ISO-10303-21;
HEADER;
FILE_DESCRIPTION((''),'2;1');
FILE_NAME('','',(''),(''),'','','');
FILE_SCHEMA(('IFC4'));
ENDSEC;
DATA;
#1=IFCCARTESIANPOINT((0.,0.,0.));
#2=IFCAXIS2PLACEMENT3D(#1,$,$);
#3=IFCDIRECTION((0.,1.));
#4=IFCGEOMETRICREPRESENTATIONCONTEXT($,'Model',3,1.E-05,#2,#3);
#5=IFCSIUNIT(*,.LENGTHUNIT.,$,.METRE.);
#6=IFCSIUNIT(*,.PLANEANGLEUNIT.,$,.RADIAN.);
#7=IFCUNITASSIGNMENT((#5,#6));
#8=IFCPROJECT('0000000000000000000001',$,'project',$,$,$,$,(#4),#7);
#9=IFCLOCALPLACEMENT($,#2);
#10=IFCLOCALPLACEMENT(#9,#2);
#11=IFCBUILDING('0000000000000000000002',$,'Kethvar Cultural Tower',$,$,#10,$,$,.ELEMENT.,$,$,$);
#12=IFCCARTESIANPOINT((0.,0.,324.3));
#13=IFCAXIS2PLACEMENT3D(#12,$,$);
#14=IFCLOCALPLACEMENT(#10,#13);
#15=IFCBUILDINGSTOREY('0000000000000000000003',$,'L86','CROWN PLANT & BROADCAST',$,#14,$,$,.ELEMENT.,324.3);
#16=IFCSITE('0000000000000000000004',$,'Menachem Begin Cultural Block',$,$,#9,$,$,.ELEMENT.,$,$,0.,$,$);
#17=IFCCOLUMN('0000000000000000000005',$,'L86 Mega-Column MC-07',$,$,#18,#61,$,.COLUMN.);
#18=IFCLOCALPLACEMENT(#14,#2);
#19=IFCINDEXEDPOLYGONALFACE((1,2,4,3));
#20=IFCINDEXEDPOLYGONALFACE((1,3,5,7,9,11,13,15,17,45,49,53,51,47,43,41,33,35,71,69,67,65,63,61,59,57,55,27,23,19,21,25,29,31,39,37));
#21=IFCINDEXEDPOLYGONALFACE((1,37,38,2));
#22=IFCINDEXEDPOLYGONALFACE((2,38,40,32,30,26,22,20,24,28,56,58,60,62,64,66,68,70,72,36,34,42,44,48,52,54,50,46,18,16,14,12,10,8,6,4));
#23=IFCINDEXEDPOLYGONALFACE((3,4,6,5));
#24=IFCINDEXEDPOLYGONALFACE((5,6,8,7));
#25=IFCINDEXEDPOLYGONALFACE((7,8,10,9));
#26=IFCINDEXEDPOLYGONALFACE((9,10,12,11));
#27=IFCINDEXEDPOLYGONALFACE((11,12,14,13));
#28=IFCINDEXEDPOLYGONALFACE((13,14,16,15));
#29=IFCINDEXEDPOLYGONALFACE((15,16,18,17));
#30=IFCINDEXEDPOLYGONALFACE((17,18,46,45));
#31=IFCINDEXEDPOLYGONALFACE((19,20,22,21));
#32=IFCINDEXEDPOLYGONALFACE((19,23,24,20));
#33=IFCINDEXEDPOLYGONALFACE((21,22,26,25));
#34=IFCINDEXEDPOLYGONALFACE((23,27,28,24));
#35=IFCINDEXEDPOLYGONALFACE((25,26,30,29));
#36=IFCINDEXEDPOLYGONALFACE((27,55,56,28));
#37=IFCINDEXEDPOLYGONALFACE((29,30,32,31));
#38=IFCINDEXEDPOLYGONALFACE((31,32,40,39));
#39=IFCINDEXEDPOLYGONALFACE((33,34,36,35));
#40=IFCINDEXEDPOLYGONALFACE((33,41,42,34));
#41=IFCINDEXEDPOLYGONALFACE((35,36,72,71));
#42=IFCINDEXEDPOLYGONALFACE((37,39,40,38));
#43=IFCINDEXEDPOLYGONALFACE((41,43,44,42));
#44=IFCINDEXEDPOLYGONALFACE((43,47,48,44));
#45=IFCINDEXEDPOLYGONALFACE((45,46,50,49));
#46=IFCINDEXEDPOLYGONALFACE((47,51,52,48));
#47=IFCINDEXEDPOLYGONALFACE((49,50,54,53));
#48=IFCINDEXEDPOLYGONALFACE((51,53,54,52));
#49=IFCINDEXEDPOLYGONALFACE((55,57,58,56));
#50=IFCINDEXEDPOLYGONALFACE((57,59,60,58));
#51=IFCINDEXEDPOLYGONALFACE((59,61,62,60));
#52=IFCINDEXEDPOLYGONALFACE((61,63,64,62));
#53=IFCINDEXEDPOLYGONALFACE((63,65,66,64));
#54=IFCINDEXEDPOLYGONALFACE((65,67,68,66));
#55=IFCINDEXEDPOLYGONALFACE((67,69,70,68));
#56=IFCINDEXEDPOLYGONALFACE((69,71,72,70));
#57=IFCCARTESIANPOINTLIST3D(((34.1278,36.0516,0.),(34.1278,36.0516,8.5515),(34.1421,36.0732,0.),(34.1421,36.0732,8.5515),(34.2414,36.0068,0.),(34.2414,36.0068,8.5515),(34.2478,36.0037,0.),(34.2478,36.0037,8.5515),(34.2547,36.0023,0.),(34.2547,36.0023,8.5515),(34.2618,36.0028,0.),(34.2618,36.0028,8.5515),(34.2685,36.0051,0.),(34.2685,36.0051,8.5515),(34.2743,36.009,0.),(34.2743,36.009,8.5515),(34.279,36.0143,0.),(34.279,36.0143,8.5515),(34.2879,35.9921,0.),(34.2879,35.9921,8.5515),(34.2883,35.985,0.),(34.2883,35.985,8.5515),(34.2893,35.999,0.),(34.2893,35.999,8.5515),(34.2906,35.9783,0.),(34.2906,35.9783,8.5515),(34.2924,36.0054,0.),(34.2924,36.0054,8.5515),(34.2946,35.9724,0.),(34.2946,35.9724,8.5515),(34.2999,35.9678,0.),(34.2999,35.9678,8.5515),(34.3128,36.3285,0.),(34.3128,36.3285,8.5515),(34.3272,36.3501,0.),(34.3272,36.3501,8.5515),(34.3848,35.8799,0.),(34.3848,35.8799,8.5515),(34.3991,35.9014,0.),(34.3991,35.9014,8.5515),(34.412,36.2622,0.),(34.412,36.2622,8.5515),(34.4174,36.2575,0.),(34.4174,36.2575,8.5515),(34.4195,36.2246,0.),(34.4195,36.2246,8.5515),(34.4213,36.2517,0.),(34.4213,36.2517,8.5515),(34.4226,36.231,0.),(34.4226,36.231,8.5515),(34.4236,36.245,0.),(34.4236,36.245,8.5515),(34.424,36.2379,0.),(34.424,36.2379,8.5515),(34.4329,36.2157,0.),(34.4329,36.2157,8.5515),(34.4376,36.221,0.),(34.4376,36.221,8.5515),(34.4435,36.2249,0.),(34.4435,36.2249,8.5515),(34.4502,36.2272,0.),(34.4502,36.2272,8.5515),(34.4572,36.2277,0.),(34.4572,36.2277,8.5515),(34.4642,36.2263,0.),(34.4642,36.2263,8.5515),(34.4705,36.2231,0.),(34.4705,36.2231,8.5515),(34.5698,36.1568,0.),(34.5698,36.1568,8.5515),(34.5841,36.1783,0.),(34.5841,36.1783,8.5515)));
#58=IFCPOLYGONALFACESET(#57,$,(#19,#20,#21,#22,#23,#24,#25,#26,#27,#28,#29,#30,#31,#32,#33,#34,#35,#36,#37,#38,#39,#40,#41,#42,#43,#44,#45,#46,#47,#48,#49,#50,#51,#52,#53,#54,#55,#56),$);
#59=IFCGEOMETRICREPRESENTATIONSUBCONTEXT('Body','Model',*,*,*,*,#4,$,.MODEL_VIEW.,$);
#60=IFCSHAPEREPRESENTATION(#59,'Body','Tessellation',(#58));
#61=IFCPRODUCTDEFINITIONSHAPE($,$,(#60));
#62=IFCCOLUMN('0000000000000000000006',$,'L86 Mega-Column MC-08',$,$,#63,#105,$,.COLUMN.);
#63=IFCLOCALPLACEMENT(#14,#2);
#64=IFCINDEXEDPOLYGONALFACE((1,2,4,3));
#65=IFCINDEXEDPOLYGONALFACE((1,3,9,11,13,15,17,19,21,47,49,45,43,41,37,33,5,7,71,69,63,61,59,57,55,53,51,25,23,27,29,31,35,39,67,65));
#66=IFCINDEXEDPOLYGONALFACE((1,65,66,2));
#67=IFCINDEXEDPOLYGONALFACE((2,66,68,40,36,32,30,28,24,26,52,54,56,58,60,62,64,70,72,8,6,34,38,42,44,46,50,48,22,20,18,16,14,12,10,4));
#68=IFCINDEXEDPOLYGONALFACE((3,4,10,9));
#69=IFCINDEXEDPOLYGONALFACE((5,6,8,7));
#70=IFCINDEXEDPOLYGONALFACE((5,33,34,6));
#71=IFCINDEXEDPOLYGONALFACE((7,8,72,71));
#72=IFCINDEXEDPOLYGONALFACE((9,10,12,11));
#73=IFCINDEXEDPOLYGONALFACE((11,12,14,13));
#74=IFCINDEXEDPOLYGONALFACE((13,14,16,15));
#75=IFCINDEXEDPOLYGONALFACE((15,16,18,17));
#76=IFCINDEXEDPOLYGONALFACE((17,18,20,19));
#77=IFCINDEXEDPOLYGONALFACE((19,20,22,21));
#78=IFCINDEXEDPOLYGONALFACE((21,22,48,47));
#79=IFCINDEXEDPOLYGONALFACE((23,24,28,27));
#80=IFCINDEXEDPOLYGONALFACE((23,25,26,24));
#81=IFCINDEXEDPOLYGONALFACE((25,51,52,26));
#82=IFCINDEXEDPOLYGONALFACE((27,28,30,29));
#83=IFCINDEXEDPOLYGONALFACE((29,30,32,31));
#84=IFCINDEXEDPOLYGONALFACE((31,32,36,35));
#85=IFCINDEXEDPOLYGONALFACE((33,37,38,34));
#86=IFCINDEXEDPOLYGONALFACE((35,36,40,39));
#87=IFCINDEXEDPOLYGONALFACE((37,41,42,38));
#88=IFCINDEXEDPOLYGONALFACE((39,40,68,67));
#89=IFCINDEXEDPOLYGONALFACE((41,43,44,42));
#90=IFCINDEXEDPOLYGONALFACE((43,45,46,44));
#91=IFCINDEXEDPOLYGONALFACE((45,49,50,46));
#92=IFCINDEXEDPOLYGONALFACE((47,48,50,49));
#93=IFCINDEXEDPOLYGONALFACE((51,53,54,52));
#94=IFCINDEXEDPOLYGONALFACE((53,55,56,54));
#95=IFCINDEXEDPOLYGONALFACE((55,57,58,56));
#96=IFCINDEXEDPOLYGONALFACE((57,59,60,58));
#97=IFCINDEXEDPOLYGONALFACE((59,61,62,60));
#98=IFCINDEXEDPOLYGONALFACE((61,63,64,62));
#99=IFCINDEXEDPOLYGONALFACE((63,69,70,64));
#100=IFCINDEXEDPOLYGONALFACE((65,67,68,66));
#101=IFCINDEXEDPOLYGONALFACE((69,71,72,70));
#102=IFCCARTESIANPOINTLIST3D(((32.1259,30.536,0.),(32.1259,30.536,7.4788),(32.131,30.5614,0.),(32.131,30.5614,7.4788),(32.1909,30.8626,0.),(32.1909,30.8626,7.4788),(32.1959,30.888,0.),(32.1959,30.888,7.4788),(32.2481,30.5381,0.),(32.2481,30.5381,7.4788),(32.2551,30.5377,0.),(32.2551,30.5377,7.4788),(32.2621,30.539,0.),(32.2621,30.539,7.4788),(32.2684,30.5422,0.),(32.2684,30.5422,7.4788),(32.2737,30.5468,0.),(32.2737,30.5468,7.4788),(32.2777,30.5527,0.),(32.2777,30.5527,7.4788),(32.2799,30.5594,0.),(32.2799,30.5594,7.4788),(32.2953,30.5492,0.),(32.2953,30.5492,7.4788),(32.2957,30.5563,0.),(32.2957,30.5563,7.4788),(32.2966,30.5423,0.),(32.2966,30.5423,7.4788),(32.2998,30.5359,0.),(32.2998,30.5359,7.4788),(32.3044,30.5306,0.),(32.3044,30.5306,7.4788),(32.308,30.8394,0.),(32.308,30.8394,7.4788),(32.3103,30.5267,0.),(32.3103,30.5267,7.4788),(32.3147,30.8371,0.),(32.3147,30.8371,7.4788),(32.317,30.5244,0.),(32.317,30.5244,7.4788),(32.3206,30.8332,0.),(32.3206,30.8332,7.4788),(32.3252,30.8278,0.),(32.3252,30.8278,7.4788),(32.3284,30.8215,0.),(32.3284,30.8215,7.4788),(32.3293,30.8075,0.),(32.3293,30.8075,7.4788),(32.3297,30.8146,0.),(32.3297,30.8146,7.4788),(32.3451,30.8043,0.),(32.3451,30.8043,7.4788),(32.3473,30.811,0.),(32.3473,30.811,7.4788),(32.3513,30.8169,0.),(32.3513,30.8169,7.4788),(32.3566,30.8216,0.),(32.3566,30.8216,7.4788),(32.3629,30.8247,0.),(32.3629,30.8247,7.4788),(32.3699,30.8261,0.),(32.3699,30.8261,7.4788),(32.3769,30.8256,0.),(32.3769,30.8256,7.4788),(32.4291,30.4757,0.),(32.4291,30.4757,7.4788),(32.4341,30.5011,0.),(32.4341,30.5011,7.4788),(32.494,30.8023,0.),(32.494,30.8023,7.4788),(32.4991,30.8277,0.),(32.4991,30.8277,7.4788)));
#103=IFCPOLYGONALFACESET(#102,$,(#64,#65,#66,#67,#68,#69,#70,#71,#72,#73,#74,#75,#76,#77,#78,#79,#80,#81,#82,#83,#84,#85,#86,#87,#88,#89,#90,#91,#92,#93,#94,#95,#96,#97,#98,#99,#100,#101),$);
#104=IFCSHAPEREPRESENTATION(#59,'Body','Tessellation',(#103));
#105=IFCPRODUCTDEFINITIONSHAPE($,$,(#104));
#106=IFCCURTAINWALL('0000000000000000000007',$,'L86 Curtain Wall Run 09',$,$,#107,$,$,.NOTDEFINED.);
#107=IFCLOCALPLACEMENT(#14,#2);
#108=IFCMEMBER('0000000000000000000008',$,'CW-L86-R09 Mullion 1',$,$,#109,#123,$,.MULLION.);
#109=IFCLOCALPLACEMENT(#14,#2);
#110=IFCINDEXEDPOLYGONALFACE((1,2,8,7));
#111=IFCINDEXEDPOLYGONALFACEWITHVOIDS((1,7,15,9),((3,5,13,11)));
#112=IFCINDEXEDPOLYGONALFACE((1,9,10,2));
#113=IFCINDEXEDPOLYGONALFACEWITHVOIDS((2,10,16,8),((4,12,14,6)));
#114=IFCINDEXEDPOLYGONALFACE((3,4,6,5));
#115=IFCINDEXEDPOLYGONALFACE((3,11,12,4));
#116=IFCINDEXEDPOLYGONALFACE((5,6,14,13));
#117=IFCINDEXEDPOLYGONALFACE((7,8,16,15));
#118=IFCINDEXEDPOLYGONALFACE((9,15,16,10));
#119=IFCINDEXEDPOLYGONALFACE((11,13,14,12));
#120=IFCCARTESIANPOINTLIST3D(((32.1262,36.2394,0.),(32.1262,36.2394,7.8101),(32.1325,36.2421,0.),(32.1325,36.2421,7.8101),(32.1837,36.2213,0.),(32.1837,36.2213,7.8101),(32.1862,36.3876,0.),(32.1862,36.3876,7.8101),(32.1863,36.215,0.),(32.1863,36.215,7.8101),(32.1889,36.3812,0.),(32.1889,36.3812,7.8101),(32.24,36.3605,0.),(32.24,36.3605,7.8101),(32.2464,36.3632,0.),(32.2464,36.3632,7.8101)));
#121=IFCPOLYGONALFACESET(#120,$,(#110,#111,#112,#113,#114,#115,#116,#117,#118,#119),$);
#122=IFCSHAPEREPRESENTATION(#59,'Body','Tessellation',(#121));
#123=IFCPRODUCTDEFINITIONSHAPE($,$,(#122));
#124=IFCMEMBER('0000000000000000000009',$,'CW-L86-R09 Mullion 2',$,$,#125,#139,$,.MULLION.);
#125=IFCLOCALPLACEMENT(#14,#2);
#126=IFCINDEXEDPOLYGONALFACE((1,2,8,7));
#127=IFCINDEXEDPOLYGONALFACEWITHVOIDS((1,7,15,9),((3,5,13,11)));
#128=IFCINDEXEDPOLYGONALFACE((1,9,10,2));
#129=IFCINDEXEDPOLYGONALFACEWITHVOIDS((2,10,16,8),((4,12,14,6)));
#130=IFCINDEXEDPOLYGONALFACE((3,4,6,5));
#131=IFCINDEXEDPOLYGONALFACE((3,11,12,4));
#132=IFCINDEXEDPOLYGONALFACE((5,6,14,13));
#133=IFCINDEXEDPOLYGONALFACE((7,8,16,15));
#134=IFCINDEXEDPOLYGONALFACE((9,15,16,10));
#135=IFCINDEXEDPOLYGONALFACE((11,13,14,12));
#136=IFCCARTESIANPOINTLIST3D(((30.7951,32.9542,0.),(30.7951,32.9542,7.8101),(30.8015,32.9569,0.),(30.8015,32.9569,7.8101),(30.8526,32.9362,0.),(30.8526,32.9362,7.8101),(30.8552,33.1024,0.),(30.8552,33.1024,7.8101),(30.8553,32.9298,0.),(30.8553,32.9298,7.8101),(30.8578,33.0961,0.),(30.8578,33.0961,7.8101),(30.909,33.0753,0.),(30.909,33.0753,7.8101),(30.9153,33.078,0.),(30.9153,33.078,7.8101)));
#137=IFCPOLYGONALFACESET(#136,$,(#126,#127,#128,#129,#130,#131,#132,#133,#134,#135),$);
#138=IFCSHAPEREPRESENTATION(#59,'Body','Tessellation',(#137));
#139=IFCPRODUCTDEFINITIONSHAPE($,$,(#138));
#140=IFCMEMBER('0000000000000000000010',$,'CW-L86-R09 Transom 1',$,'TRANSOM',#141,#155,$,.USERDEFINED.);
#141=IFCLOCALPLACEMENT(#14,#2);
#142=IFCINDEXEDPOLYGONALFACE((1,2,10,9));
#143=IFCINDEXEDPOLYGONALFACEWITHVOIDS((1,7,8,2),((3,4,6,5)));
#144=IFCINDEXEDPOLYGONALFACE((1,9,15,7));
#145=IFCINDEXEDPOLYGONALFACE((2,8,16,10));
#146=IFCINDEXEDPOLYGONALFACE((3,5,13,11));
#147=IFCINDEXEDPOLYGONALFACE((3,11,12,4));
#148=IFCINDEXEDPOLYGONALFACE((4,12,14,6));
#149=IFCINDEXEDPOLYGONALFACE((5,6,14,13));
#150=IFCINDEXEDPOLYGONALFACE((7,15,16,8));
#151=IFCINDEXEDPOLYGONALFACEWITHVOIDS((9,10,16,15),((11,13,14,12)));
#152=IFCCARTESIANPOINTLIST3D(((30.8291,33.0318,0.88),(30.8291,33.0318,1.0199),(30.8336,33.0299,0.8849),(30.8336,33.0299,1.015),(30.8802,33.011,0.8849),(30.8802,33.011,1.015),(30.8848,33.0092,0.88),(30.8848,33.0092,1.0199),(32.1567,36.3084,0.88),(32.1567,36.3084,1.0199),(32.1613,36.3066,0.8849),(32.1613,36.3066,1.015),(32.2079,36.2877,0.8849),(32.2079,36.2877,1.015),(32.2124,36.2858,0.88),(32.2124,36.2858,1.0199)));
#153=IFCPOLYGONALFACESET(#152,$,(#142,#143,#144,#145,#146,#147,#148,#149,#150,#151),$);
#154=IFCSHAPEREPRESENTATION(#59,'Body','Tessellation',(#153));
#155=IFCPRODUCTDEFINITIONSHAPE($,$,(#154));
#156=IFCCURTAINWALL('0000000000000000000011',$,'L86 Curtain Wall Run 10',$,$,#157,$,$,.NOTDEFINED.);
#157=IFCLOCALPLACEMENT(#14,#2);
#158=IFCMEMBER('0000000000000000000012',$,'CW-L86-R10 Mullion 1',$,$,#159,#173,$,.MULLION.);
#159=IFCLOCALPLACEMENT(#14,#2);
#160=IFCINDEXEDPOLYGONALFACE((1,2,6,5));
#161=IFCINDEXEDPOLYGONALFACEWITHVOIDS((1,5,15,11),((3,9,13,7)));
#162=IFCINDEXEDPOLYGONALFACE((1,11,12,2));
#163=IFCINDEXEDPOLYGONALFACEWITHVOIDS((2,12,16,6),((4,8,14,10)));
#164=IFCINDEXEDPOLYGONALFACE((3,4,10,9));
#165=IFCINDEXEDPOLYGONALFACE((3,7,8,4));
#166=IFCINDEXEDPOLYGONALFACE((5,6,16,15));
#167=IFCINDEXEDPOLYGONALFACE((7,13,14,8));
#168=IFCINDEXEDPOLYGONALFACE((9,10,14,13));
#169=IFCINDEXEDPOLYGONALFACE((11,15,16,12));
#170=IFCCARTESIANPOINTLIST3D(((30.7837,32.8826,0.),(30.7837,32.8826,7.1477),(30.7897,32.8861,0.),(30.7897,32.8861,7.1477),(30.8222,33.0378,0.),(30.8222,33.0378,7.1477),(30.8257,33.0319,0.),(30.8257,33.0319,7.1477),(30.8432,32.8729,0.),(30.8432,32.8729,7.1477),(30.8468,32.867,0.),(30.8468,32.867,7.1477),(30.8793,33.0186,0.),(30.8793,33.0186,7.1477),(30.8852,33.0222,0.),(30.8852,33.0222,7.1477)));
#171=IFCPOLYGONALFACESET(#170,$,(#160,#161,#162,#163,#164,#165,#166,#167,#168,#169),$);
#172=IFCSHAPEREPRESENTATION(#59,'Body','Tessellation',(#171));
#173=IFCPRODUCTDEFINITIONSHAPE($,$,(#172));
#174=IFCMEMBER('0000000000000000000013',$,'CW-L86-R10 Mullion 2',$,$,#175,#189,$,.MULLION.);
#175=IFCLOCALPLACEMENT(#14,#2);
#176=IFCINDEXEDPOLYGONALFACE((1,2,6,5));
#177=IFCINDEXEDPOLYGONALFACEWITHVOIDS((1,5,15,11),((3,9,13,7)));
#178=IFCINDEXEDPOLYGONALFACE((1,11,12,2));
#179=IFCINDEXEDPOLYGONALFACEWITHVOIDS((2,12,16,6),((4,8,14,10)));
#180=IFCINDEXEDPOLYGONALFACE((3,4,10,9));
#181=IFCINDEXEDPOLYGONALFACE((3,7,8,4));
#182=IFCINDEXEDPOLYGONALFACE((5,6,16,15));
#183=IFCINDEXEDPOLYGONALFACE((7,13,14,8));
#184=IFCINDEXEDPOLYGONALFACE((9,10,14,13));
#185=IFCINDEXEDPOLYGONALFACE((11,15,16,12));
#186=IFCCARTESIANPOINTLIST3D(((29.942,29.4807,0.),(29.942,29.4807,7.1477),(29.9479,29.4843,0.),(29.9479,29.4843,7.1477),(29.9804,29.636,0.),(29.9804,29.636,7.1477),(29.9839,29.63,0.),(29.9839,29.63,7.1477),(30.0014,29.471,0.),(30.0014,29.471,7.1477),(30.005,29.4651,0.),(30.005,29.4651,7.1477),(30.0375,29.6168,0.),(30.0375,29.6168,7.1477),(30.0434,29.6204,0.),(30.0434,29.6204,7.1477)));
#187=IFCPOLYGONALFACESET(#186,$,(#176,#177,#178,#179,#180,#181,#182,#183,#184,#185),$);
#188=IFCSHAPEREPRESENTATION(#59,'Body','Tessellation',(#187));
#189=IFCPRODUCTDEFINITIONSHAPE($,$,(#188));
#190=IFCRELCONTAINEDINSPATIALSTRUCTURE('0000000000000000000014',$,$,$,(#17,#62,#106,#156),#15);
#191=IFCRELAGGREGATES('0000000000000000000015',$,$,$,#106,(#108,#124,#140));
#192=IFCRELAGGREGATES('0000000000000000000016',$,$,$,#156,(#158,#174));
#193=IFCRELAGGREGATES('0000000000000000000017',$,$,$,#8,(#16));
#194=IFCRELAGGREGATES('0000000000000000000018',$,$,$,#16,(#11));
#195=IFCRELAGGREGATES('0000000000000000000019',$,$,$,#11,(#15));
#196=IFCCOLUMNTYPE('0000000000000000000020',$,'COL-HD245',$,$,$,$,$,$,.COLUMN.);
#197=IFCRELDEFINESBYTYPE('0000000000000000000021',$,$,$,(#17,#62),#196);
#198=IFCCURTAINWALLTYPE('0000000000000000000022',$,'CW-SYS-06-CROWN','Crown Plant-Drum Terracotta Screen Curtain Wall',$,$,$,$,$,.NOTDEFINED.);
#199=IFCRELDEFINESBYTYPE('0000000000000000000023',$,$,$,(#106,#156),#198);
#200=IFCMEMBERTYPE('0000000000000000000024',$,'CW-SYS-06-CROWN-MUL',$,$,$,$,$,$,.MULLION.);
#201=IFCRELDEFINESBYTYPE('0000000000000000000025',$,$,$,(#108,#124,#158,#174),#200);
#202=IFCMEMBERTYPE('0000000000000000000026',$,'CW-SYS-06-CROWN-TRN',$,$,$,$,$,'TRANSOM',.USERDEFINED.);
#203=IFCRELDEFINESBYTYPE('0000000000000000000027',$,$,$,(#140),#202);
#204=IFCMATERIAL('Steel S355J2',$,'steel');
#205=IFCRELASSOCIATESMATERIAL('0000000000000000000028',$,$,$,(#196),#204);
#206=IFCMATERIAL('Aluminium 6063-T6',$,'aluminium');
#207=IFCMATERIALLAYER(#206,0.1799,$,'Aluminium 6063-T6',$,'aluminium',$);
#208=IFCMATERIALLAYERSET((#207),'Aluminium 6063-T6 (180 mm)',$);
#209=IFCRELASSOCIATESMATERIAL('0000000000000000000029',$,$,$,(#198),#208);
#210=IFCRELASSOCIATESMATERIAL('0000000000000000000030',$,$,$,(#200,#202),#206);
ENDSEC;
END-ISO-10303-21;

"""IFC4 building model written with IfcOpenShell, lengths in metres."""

from ifc_helpers import new_model, si_unit, direction, frame, origin, origin_2d, place, context, subcontext, project, spatial, hollow_rectangle, i_section, extrude, source, transform, mapped, material, layer, layer_set, material_profile, profile_set, type_object, element, aggregate, save


model = new_model("IFC4")

# Units and contexts
model_context = context("Model", 3, precision=1e-05, world=origin(), true_north=direction((0.0, 1.0)))
body_context = subcontext(model_context, "Body", "Model", "MODEL_VIEW")
ifc_project = project(units=[si_unit("LENGTHUNIT", "METRE"), si_unit("PLANEANGLEUNIT", "RADIAN")], contexts=[model_context])

# Site, building, storey
site_placement = place(None, origin())
site = spatial("IfcSite", under=ifc_project, at=site_placement, Name="Menachem Begin Cultural Block", CompositionType="ELEMENT", RefElevation=0.0)
building_placement = place(site_placement, origin())
building = spatial("IfcBuilding", under=site, at=building_placement, Name="Kethvar Cultural Tower", CompositionType="ELEMENT")
storey_placement = place(building_placement, frame((0.0, 0.0, 324.3)))
storey = spatial("IfcBuildingStorey", under=building, at=storey_placement, Name="L86", Description="CROWN PLANT & BROADCAST", CompositionType="ELEMENT", Elevation=324.3)

# Columns
ifc_material_1 = material(Name="Steel S355J2", Category="steel")
ifc_material_profile_1 = material_profile(ifc_material_1, i_section(OverallWidth=0.3091, OverallDepth=0.3589, WebThickness=0.0161, FlangeThickness=0.0259, FilletRadius=0.0271, at=origin_2d()), Name="Steel S355J2 — HD320x245")
ifc_profile_set_1 = profile_set([ifc_material_profile_1], Name="Steel S355J2 — HD320x245")
column_type = type_object("IfcColumnType", Name="COL-HD245", PredefinedType="COLUMN", material=ifc_profile_set_1)
shared_shape_1 = source(origin(), body_context, "Body", "SweptSolid", [
    extrude(i_section(OverallWidth=0.3091, OverallDepth=0.3589, WebThickness=0.0161, FlangeThickness=0.0259, FilletRadius=0.0271, at=origin_2d()), origin(), (0.0, 0.0, 1.0), 8.5515),
])
column_1_placement = place(storey_placement, frame((34.356, 36.115, 0.0), z_axis=(0.0, 0.0, 1.0), x_axis=(-0.83147, 0.55557, 0.0)))
element("IfcColumn", 1, at=column_1_placement, inside=storey, type_object=column_type, Name="L86 Mega-Column MC-07", PredefinedType="COLUMN", context=body_context, shape_type="MappedRepresentation", body=[
    mapped(shared_shape_1, transform((0.0, 0.0, 0.0), scale=1.0)),
])
shared_shape_2 = source(origin(), body_context, "Body", "SweptSolid", [
    extrude(i_section(OverallWidth=0.3091, OverallDepth=0.3589, WebThickness=0.0161, FlangeThickness=0.0259, FilletRadius=0.0271, at=origin_2d()), origin(), (0.0, 0.0, 1.0), 7.4788),
])
column_2_placement = place(storey_placement, frame((32.3125, 30.6819, 0.0), z_axis=(0.0, 0.0, 1.0), x_axis=(-0.980785, 0.19509, 0.0)))
element("IfcColumn", 2, at=column_2_placement, inside=storey, type_object=column_type, Name="L86 Mega-Column MC-08", PredefinedType="COLUMN", context=body_context, shape_type="MappedRepresentation", body=[
    mapped(shared_shape_2, transform((0.0, 0.0, 0.0), scale=1.0)),
])

# Curtain walls, members
ifc_material_2 = material(Name="Aluminium 6063-T6", Category="aluminium")
ifc_layer_1 = layer(ifc_material_2, 0.1799, Name="Aluminium 6063-T6", Category="aluminium")
ifc_layer_set_1 = layer_set([ifc_layer_1], Name="Aluminium 6063-T6 (180 mm)")
curtain_wall_type = type_object("IfcCurtainWallType", Name="CW-SYS-06-CROWN", Description="Crown Plant-Drum Terracotta Screen Curtain Wall", PredefinedType="NOTDEFINED", material=ifc_layer_set_1)
curtain_wall_1_placement = place(storey_placement, origin())
curtain_wall_1 = element("IfcCurtainWall", 3, at=curtain_wall_1_placement, inside=storey, type_object=curtain_wall_type, Name="L86 Curtain Wall Run 09", PredefinedType="NOTDEFINED")
ifc_material_profile_2 = material_profile(ifc_material_2, hollow_rectangle(XDim=0.0649, YDim=0.1599, WallThickness=0.0049, at=origin_2d()), Name="Aluminium 6063-T6 — RHS160x65x5")
ifc_profile_set_2 = profile_set([ifc_material_profile_2], Name="Aluminium 6063-T6 — RHS160x65x5")
member_type_1 = type_object("IfcMemberType", Name="CW-SYS-06-CROWN-MUL", PredefinedType="MULLION", material=ifc_profile_set_2)
shared_shape_3 = source(origin(), body_context, "Body", "SweptSolid", [
    extrude(hollow_rectangle(XDim=0.0649, YDim=0.1599, WallThickness=0.0049, at=origin_2d()), origin(), (0.0, 0.0, 1.0), 7.8101),
])
member_1_placement = place(storey_placement, frame((32.1863, 36.3013, 0.0), z_axis=(0.0, 0.0, 1.0), x_axis=(0.926804, -0.375545, 0.0)))
member_1 = element("IfcMember", 4, at=member_1_placement, type_object=member_type_1, Name="CW-L86-R09 Mullion 1", PredefinedType="MULLION", context=body_context, shape_type="MappedRepresentation", body=[
    mapped(shared_shape_3, transform((0.0, 0.0, 0.0), scale=1.0)),
])
member_2_placement = place(storey_placement, frame((30.8552, 33.0161, 0.0), z_axis=(0.0, 0.0, 1.0), x_axis=(0.926804, -0.375545, 0.0)))
member_2 = element("IfcMember", 5, at=member_2_placement, type_object=member_type_1, Name="CW-L86-R09 Mullion 2", PredefinedType="MULLION", context=body_context, shape_type="MappedRepresentation", body=[
    mapped(shared_shape_3, transform((0.0, 0.0, 0.0), scale=1.0)),
])
ifc_material_profile_3 = material_profile(ifc_material_2, hollow_rectangle(XDim=0.0601, YDim=0.1399, WallThickness=0.0049, at=origin_2d()), Name="Aluminium 6063-T6 — RHS140x60x5")
ifc_profile_set_3 = profile_set([ifc_material_profile_3], Name="Aluminium 6063-T6 — RHS140x60x5")
member_type_2 = type_object("IfcMemberType", Name="CW-SYS-06-CROWN-TRN", ElementType="TRANSOM", PredefinedType="USERDEFINED", material=ifc_profile_set_3)
shared_shape_4 = source(origin(), body_context, "Body", "SweptSolid", [
    extrude(hollow_rectangle(XDim=0.0601, YDim=0.1399, WallThickness=0.0049, at=origin_2d()), origin(), (0.0, 0.0, 1.0), 3.5354),
])
member_3_placement = place(storey_placement, frame((32.1846, 36.2971, 0.95), z_axis=(-0.37553, -0.92681, 0.0), x_axis=(0.92681, -0.37553, 0.0)))
member_3 = element("IfcMember", 6, at=member_3_placement, type_object=member_type_2, Name="CW-L86-R09 Transom 1", ObjectType="TRANSOM", PredefinedType="USERDEFINED", context=body_context, shape_type="MappedRepresentation", body=[
    mapped(shared_shape_4, transform((0.0, 0.0, 0.0), scale=1.0)),
])
curtain_wall_2_placement = place(storey_placement, origin())
curtain_wall_2 = element("IfcCurtainWall", 7, at=curtain_wall_2_placement, inside=storey, type_object=curtain_wall_type, Name="L86 Curtain Wall Run 10", PredefinedType="NOTDEFINED")
shared_shape_5 = source(origin(), body_context, "Body", "SweptSolid", [
    extrude(hollow_rectangle(XDim=0.0649, YDim=0.1599, WallThickness=0.0049, at=origin_2d()), origin(), (0.0, 0.0, 1.0), 7.1477),
])
member_4_placement = place(storey_placement, frame((30.8345, 32.9524, 0.0), z_axis=(0.0, 0.0, 1.0), x_axis=(0.970725, -0.240194, 0.0)))
member_4 = element("IfcMember", 8, at=member_4_placement, type_object=member_type_1, Name="CW-L86-R10 Mullion 1", PredefinedType="MULLION", context=body_context, shape_type="MappedRepresentation", body=[
    mapped(shared_shape_5, transform((0.0, 0.0, 0.0), scale=1.0)),
])
member_5_placement = place(storey_placement, frame((29.9927, 29.5505, 0.0), z_axis=(0.0, 0.0, 1.0), x_axis=(0.970725, -0.240194, 0.0)))
member_5 = element("IfcMember", 9, at=member_5_placement, type_object=member_type_1, Name="CW-L86-R10 Mullion 2", PredefinedType="MULLION", context=body_context, shape_type="MappedRepresentation", body=[
    mapped(shared_shape_5, transform((0.0, 0.0, 0.0), scale=1.0)),
])

aggregate(curtain_wall_1, [member_1, member_2, member_3])
aggregate(curtain_wall_2, [member_4, member_5])

save(model, "model.ifc")
